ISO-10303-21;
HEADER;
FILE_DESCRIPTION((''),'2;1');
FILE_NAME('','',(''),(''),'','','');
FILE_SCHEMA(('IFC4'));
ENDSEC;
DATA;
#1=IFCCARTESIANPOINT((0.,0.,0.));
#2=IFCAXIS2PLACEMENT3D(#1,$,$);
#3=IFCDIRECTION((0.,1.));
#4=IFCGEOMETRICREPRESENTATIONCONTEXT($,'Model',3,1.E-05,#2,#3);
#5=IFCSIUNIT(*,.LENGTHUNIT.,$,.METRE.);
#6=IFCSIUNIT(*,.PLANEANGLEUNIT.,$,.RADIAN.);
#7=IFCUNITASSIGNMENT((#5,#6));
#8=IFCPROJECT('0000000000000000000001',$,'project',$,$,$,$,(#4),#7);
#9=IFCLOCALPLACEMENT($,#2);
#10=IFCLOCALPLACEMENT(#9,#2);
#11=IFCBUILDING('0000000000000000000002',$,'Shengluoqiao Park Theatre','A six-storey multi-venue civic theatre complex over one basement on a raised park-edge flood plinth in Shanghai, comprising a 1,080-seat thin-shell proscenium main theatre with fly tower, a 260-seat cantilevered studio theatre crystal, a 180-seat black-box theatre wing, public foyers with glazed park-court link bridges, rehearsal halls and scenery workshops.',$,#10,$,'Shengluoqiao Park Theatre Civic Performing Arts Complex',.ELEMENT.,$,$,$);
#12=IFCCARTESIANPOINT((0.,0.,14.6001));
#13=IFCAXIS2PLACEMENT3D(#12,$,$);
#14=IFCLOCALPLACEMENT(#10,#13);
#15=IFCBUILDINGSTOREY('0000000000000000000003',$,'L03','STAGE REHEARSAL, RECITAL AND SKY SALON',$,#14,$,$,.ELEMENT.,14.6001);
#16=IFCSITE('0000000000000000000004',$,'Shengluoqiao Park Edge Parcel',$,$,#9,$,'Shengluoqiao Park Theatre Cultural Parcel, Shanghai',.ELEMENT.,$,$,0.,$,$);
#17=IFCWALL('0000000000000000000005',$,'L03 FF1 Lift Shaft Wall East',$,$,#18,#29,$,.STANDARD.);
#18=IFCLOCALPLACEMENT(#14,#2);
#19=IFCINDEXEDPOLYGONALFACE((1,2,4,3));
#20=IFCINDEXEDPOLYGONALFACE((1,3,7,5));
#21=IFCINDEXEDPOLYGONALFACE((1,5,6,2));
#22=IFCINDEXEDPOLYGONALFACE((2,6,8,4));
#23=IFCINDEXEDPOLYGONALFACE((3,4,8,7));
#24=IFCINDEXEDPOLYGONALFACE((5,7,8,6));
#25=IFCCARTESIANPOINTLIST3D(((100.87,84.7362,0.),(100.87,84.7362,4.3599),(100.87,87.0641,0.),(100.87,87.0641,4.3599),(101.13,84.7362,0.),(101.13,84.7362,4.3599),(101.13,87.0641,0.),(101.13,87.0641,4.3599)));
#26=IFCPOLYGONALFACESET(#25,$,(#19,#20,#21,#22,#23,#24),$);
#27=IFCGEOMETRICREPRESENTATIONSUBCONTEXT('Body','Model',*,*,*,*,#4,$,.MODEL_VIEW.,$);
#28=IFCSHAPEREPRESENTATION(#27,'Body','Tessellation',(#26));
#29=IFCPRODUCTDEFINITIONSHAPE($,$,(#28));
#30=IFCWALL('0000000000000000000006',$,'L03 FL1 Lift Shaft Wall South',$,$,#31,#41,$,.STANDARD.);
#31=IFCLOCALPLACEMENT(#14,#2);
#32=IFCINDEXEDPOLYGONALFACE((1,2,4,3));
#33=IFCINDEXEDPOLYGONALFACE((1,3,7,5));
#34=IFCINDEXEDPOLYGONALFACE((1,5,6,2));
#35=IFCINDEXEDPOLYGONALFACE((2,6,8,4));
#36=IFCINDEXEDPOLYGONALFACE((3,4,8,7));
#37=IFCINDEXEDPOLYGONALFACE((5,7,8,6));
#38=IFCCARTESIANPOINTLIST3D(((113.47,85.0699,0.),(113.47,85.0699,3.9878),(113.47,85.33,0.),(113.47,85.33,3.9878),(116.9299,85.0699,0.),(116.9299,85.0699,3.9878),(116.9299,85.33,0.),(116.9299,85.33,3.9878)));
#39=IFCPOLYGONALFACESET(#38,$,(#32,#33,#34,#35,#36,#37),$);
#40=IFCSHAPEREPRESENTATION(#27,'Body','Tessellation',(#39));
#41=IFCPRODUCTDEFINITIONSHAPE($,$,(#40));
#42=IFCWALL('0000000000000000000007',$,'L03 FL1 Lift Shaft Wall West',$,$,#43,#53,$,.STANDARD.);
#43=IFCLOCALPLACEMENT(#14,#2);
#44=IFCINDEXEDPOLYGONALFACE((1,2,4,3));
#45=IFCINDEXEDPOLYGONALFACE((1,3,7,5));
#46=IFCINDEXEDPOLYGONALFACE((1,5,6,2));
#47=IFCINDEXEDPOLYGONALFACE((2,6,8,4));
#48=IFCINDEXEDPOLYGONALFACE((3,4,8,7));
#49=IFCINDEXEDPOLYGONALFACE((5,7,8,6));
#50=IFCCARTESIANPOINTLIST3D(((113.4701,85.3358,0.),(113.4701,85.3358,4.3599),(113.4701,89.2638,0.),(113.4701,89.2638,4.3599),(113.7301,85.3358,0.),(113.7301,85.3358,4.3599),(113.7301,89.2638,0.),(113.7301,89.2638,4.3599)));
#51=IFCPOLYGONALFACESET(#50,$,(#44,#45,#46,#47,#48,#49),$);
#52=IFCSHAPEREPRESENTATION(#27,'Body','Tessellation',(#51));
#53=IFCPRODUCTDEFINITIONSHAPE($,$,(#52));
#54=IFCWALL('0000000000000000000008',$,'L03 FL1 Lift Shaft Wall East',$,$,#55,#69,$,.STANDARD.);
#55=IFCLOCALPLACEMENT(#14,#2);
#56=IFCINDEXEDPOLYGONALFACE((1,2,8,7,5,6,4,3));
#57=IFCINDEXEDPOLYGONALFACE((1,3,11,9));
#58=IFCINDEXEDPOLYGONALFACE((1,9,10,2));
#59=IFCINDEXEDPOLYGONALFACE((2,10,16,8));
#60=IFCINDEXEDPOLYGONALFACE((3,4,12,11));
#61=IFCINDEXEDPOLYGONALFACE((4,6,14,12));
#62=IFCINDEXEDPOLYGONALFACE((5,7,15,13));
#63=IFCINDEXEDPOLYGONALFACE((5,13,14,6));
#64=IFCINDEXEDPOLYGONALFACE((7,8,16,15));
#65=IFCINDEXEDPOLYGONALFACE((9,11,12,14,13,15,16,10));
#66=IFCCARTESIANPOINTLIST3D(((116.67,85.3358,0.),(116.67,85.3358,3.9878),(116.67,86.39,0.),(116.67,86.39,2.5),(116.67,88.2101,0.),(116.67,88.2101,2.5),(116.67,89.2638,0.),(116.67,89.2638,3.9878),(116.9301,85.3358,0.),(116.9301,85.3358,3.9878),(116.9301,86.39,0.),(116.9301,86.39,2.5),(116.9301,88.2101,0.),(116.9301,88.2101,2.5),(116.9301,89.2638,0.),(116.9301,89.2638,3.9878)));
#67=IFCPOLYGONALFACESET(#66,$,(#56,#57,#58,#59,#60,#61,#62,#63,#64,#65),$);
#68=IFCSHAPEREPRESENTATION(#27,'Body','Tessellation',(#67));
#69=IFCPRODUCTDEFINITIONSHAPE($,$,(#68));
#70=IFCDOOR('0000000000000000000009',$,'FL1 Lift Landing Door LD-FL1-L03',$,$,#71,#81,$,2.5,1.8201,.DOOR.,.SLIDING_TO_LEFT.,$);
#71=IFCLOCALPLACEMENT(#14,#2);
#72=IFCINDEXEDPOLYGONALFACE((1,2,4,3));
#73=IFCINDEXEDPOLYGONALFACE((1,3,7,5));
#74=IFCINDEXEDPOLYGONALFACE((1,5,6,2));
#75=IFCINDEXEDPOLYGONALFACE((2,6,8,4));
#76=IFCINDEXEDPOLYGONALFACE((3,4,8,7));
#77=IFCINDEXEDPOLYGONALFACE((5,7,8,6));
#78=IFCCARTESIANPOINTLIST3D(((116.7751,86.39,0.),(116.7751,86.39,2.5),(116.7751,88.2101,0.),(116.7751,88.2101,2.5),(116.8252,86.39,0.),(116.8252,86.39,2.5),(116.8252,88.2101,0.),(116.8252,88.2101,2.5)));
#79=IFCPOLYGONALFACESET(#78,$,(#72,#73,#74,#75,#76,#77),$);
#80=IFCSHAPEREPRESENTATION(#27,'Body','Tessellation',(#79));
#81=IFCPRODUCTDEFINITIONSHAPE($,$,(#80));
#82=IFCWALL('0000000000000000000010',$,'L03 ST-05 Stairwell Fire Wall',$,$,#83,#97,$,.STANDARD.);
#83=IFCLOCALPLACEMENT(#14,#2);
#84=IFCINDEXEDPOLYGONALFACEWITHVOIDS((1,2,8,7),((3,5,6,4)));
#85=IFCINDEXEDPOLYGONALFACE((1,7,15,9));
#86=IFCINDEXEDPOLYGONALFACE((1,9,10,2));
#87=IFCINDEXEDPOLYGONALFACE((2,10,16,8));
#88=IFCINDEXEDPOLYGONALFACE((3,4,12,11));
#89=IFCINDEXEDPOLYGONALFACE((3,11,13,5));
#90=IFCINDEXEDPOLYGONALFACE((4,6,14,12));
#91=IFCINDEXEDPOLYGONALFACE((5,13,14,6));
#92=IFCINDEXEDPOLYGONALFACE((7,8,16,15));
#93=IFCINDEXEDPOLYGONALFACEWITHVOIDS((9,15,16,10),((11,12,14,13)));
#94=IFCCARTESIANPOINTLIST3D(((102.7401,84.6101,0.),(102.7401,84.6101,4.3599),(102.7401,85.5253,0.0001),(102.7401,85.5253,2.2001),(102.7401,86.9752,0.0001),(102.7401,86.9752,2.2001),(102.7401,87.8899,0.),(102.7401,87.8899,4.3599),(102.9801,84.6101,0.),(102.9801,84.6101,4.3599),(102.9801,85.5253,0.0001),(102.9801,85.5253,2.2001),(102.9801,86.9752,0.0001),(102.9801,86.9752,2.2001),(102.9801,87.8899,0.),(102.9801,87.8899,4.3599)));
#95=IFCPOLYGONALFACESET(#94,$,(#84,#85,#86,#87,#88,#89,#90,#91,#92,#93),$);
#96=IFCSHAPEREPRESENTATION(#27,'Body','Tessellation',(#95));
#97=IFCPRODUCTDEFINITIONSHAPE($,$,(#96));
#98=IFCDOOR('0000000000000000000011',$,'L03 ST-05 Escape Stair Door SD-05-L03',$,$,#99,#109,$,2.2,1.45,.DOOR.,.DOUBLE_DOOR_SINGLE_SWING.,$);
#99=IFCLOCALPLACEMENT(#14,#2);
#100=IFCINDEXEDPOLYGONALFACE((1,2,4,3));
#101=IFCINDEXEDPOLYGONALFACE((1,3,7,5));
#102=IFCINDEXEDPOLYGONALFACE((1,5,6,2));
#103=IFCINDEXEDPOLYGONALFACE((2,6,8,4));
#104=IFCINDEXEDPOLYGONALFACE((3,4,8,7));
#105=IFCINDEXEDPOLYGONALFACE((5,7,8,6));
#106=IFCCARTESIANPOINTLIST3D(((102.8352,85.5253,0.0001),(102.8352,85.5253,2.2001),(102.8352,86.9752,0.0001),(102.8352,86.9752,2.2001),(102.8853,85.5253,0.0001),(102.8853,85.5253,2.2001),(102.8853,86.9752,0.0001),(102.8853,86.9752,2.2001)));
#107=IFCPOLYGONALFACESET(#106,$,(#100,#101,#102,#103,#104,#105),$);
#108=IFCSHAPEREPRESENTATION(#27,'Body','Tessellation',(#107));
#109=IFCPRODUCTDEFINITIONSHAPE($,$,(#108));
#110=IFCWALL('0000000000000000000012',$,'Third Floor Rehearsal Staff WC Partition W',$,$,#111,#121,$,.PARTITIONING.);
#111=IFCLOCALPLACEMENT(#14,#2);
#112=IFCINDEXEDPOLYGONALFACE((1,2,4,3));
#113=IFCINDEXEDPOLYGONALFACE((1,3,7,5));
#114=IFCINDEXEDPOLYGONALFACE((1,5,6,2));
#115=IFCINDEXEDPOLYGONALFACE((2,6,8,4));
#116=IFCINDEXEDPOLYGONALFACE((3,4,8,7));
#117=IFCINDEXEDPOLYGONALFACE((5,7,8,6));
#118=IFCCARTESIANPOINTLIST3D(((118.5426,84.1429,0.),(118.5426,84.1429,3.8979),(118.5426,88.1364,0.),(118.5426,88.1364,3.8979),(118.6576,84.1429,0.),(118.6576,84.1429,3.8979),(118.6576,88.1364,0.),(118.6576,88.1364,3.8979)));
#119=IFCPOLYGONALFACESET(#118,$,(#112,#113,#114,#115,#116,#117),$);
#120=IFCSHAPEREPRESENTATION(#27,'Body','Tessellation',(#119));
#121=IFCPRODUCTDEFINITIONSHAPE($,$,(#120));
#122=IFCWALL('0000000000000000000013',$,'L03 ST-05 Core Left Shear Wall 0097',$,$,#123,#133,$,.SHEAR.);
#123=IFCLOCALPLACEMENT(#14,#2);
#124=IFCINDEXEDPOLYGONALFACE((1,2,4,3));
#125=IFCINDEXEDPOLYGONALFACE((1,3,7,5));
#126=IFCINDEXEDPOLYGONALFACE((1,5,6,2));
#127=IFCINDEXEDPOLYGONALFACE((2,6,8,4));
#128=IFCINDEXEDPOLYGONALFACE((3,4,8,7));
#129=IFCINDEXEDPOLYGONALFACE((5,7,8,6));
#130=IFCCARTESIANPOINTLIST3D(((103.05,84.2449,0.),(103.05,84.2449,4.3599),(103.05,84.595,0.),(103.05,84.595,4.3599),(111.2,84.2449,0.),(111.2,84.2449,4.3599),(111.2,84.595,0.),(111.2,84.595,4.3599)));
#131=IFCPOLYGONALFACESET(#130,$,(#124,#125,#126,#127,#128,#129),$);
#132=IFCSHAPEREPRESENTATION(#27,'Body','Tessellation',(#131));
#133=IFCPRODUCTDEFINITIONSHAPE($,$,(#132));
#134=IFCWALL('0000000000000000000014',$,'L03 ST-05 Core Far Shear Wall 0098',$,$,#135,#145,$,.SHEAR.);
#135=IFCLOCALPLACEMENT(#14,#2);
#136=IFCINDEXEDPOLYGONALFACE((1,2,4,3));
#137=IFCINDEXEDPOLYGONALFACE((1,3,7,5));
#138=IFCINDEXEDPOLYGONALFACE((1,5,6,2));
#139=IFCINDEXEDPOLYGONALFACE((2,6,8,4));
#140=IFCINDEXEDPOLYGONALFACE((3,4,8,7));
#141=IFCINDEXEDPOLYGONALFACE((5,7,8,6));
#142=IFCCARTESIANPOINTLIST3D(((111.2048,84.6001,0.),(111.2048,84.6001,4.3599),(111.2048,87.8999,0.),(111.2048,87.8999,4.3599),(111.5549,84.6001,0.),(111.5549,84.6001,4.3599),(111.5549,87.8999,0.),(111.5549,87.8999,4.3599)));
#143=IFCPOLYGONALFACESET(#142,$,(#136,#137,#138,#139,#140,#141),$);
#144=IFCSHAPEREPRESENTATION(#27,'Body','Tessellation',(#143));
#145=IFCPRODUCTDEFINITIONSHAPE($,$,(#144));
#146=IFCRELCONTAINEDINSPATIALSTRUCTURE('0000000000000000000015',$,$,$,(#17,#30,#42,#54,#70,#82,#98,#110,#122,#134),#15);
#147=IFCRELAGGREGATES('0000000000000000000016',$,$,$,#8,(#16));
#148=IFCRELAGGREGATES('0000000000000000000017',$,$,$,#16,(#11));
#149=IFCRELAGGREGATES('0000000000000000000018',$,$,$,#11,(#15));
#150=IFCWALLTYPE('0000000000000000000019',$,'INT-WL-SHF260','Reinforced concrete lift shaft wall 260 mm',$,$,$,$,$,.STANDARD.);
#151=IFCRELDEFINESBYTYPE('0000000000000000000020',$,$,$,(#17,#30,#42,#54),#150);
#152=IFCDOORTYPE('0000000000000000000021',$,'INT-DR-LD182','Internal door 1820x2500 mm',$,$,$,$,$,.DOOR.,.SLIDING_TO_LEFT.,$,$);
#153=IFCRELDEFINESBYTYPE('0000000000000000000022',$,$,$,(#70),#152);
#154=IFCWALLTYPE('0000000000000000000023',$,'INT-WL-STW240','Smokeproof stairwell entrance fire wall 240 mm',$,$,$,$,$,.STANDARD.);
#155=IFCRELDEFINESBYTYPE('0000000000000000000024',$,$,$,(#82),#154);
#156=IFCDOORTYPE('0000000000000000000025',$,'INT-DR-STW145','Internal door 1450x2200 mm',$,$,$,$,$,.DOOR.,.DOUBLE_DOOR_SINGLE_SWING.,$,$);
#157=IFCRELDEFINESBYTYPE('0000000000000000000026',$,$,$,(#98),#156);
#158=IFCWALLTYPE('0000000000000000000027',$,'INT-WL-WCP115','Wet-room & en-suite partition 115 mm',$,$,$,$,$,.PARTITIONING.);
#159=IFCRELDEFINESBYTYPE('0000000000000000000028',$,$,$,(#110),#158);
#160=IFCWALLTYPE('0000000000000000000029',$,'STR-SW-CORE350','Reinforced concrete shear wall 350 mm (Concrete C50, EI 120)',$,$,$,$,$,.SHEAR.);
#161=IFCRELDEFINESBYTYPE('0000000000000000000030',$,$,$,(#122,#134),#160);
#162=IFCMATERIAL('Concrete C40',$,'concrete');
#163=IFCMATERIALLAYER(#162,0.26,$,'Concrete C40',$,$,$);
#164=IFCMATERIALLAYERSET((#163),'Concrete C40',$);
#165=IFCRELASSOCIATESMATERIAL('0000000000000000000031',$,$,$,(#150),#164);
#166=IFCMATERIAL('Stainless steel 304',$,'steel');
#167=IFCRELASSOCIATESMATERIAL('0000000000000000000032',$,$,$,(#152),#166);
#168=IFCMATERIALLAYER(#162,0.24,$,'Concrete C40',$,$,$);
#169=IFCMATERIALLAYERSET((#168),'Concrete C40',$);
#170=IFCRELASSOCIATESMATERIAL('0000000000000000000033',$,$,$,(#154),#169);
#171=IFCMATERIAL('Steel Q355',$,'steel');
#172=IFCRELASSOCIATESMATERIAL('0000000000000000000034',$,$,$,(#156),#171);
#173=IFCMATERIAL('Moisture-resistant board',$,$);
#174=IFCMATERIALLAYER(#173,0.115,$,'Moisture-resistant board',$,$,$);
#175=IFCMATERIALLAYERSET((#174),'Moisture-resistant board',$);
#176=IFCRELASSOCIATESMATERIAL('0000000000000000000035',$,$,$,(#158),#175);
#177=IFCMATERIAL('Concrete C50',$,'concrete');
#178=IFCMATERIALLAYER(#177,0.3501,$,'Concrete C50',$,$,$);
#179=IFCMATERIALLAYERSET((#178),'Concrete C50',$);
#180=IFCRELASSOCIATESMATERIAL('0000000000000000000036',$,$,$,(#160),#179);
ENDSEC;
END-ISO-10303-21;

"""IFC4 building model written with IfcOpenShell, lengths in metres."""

from ifc_helpers import new_model, si_unit, direction, frame, frame_2d, origin, place, context, subcontext, project, spatial, rectangle, extrude, material, layer, layer_set, type_object, element, fill, save


model = new_model("IFC4")

# Units and contexts
model_context = context("Model", 3, precision=1e-05, world=origin(), true_north=direction((0.0, 1.0)))
body_context = subcontext(model_context, "Body", "Model", "MODEL_VIEW")
ifc_project = project(units=[si_unit("LENGTHUNIT", "METRE"), si_unit("PLANEANGLEUNIT", "RADIAN")], contexts=[model_context])

# Site, building, storey
site_placement = place(None, origin())
site = spatial("IfcSite", under=ifc_project, at=site_placement, Name="Shengluoqiao Park Edge Parcel", LongName="Shengluoqiao Park Theatre Cultural Parcel, Shanghai", CompositionType="ELEMENT", RefElevation=0.0)
building_placement = place(site_placement, origin())
building = spatial("IfcBuilding", under=site, at=building_placement, Name="Shengluoqiao Park Theatre", Description="A six-storey multi-venue civic theatre complex over one basement on a raised park-edge flood plinth in Shanghai, comprising a 1,080-seat thin-shell proscenium main theatre with fly tower, a 260-seat cantilevered studio theatre crystal, a 180-seat black-box theatre wing, public foyers with glazed park-court link bridges, rehearsal halls and scenery workshops.", LongName="Shengluoqiao Park Theatre Civic Performing Arts Complex", CompositionType="ELEMENT")
storey_placement = place(building_placement, frame((0.0, 0.0, 14.6001)))
storey = spatial("IfcBuildingStorey", under=building, at=storey_placement, Name="L03", Description="STAGE REHEARSAL, RECITAL AND SKY SALON", CompositionType="ELEMENT", Elevation=14.6001)

# Shared definitions
ifc_material_1 = material(Name="Concrete C40", Category="concrete")
ifc_material_2 = material(Name="Concrete C50", Category="concrete")

# Shared definitions
ifc_material_3 = material(Name="Steel Q355", Category="steel")

# Walls
ifc_layer_1 = layer(ifc_material_1, 0.26, Name="Concrete C40")
ifc_layer_set_1 = layer_set([ifc_layer_1], Name="Concrete C40")
wall_type_1 = type_object("IfcWallType", Name="INT-WL-SHF260", Description="Reinforced concrete lift shaft wall 260 mm", PredefinedType="STANDARD", material=ifc_layer_set_1)
wall_1_placement = place(storey_placement, frame((101.0, 84.7361, 0.0), z_axis=(0.0, 0.0, 1.0), x_axis=(0.0, 1.0, 0.0)))
element("IfcWall", 1, at=wall_1_placement, inside=storey, type_object=wall_type_1, Name="L03 FF1 Lift Shaft Wall East", PredefinedType="STANDARD", context=body_context, shape_type="SweptSolid", body=[
    extrude(rectangle(XDim=2.3279, YDim=0.26, at=frame_2d((1.1641, 0.0))), origin(), (0.0, 0.0, 1.0), 4.3599),
])
wall_2_placement = place(storey_placement, frame((113.47, 85.2, 0.0), z_axis=(0.0, 0.0, 1.0), x_axis=(1.0, 0.0, 0.0)))
element("IfcWall", 2, at=wall_2_placement, inside=storey, type_object=wall_type_1, Name="L03 FL1 Lift Shaft Wall South", PredefinedType="STANDARD", context=body_context, shape_type="SweptSolid", body=[
    extrude(rectangle(XDim=3.46, YDim=0.26, at=frame_2d((1.73, 0.0))), origin(), (0.0, 0.0, 1.0), 3.9878),
])
wall_3_placement = place(storey_placement, frame((113.6001, 85.3359, 0.0), z_axis=(0.0, 0.0, 1.0), x_axis=(0.0, 1.0, 0.0)))
element("IfcWall", 3, at=wall_3_placement, inside=storey, type_object=wall_type_1, Name="L03 FL1 Lift Shaft Wall West", PredefinedType="STANDARD", context=body_context, shape_type="SweptSolid", body=[
    extrude(rectangle(XDim=3.928, YDim=0.26, at=frame_2d((1.9639, 0.0))), origin(), (0.0, 0.0, 1.0), 4.3599),
])

# Walls, openings, doors
wall_4_placement = place(storey_placement, frame((116.8, 85.3359, 0.0), z_axis=(0.0, 0.0, 1.0), x_axis=(0.0, 1.0, 0.0)))
wall_4 = element("IfcWall", 4, at=wall_4_placement, inside=storey, type_object=wall_type_1, Name="L03 FL1 Lift Shaft Wall East", PredefinedType="STANDARD", context=body_context, shape_type="SweptSolid", body=[
    extrude(rectangle(XDim=3.928, YDim=0.26, at=frame_2d((1.9639, 0.0))), origin(), (0.0, 0.0, 1.0), 3.9878),
])
opening_1_placement = place(wall_4_placement, frame((1.054, 0.0, 0.0)))
opening_1 = element("IfcOpeningElement", 5, at=opening_1_placement, cuts=wall_4, PredefinedType="OPENING", context=body_context, shape_type="SweptSolid", body=[
    extrude(rectangle(XDim=1.8201, YDim=2.5, at=frame_2d((0.9102, 1.25))), frame((0.0, 0.1399, 0.0), z_axis=(0.0, -1.0, 0.0), x_axis=(1.0, 0.0, 0.0)), (0.0, 0.0, 1.0), 0.28),
])
ifc_material_4 = material(Name="Stainless steel 304", Category="steel")
door_type_1 = type_object("IfcDoorType", Name="INT-DR-LD182", Description="Internal door 1820x2500 mm", OperationType="SLIDING_TO_LEFT", PredefinedType="DOOR", material=ifc_material_4)
door_1_placement = place(opening_1_placement, origin())
door_1 = element("IfcDoor", 6, at=door_1_placement, inside=storey, type_object=door_type_1, Name="FL1 Lift Landing Door LD-FL1-L03", OperationType="SLIDING_TO_LEFT", OverallHeight=2.5, OverallWidth=1.8201, PredefinedType="DOOR", context=body_context, shape_type="SweptSolid", body=[
    extrude(rectangle(XDim=1.8201, YDim=2.5, at=frame_2d((0.9102, 1.25))), frame((0.0, 0.0249, 0.0), z_axis=(0.0, -1.0, 0.0), x_axis=(1.0, 0.0, 0.0)), (0.0, 0.0, 1.0), 0.05),
])
fill(opening_1, door_1)
ifc_layer_2 = layer(ifc_material_1, 0.24, Name="Concrete C40")
ifc_layer_set_2 = layer_set([ifc_layer_2], Name="Concrete C40")
wall_type_2 = type_object("IfcWallType", Name="INT-WL-STW240", Description="Smokeproof stairwell entrance fire wall 240 mm", PredefinedType="STANDARD", material=ifc_layer_set_2)
wall_5_placement = place(storey_placement, frame((102.8601, 84.6101, 0.0), z_axis=(0.0, 0.0, 1.0), x_axis=(0.0, 1.0, 0.0)))
wall_5 = element("IfcWall", 7, at=wall_5_placement, inside=storey, type_object=wall_type_2, Name="L03 ST-05 Stairwell Fire Wall", PredefinedType="STANDARD", context=body_context, shape_type="SweptSolid", body=[
    extrude(rectangle(XDim=3.2798, YDim=0.24, at=frame_2d((1.6399, 0.0))), origin(), (0.0, 0.0, 1.0), 4.3599),
])
opening_2_placement = place(wall_5_placement, frame((0.915, 0.0, 0.0)))
opening_2 = element("IfcOpeningElement", 8, at=opening_2_placement, cuts=wall_5, PredefinedType="OPENING", context=body_context, shape_type="SweptSolid", body=[
    extrude(rectangle(XDim=1.45, YDim=2.2, at=frame_2d((0.7251, 1.1001))), frame((0.0, 0.1299, 0.0), z_axis=(0.0, -1.0, 0.0), x_axis=(1.0, 0.0, 0.0)), (0.0, 0.0, 1.0), 0.26),
])
door_type_2 = type_object("IfcDoorType", Name="INT-DR-STW145", Description="Internal door 1450x2200 mm", OperationType="DOUBLE_DOOR_SINGLE_SWING", PredefinedType="DOOR", material=ifc_material_3)
door_2_placement = place(opening_2_placement, origin())
door_2 = element("IfcDoor", 9, at=door_2_placement, inside=storey, type_object=door_type_2, Name="L03 ST-05 Escape Stair Door SD-05-L03", OperationType="DOUBLE_DOOR_SINGLE_SWING", OverallHeight=2.2, OverallWidth=1.45, PredefinedType="DOOR", context=body_context, shape_type="SweptSolid", body=[
    extrude(rectangle(XDim=1.45, YDim=2.2, at=frame_2d((0.7251, 1.1001))), frame((0.0, 0.0249, 0.0), z_axis=(0.0, -1.0, 0.0), x_axis=(1.0, 0.0, 0.0)), (0.0, 0.0, 1.0), 0.05),
])
fill(opening_2, door_2)

# Walls
ifc_material_5 = material(Name="Moisture-resistant board")
ifc_layer_3 = layer(ifc_material_5, 0.115, Name="Moisture-resistant board")
ifc_layer_set_3 = layer_set([ifc_layer_3], Name="Moisture-resistant board")
wall_type_3 = type_object("IfcWallType", Name="INT-WL-WCP115", Description="Wet-room & en-suite partition 115 mm", PredefinedType="PARTITIONING", material=ifc_layer_set_3)
wall_6_placement = place(storey_placement, frame((118.6001, 84.1431, 0.0), z_axis=(0.0, 0.0, 1.0), x_axis=(0.0, 1.0, 0.0)))
element("IfcWall", 10, at=wall_6_placement, inside=storey, type_object=wall_type_3, Name="Third Floor Rehearsal Staff WC Partition W", PredefinedType="PARTITIONING", context=body_context, shape_type="SweptSolid", body=[
    extrude(rectangle(XDim=3.9934, YDim=0.115, at=frame_2d((1.9966, 0.0))), origin(), (0.0, 0.0, 1.0), 3.8979),
])
ifc_layer_4 = layer(ifc_material_2, 0.3501, Name="Concrete C50")
ifc_layer_set_4 = layer_set([ifc_layer_4], Name="Concrete C50")
wall_type_4 = type_object("IfcWallType", Name="STR-SW-CORE350", Description="Reinforced concrete shear wall 350 mm (Concrete C50, EI 120)", PredefinedType="SHEAR", material=ifc_layer_set_4)
wall_7_placement = place(storey_placement, frame((103.05, 84.4199, 0.0), z_axis=(0.0, 0.0, 1.0), x_axis=(1.0, 0.0, 0.0)))
element("IfcWall", 11, at=wall_7_placement, inside=storey, type_object=wall_type_4, Name="L03 ST-05 Core Left Shear Wall 0097", PredefinedType="SHEAR", context=body_context, shape_type="SweptSolid", body=[
    extrude(rectangle(XDim=8.1499, YDim=0.3501, at=frame_2d((4.075, 0.0))), origin(), (0.0, 0.0, 1.0), 4.3599),
])
wall_8_placement = place(storey_placement, frame((111.3799, 84.6001, 0.0), z_axis=(0.0, 0.0, 1.0), x_axis=(0.0, 1.0, 0.0)))
element("IfcWall", 12, at=wall_8_placement, inside=storey, type_object=wall_type_4, Name="L03 ST-05 Core Far Shear Wall 0098", PredefinedType="SHEAR", context=body_context, shape_type="SweptSolid", body=[
    extrude(rectangle(XDim=3.2998, YDim=0.3501, at=frame_2d((1.6499, 0.0))), origin(), (0.0, 0.0, 1.0), 4.3599),
])

save(model, "model.ifc")
